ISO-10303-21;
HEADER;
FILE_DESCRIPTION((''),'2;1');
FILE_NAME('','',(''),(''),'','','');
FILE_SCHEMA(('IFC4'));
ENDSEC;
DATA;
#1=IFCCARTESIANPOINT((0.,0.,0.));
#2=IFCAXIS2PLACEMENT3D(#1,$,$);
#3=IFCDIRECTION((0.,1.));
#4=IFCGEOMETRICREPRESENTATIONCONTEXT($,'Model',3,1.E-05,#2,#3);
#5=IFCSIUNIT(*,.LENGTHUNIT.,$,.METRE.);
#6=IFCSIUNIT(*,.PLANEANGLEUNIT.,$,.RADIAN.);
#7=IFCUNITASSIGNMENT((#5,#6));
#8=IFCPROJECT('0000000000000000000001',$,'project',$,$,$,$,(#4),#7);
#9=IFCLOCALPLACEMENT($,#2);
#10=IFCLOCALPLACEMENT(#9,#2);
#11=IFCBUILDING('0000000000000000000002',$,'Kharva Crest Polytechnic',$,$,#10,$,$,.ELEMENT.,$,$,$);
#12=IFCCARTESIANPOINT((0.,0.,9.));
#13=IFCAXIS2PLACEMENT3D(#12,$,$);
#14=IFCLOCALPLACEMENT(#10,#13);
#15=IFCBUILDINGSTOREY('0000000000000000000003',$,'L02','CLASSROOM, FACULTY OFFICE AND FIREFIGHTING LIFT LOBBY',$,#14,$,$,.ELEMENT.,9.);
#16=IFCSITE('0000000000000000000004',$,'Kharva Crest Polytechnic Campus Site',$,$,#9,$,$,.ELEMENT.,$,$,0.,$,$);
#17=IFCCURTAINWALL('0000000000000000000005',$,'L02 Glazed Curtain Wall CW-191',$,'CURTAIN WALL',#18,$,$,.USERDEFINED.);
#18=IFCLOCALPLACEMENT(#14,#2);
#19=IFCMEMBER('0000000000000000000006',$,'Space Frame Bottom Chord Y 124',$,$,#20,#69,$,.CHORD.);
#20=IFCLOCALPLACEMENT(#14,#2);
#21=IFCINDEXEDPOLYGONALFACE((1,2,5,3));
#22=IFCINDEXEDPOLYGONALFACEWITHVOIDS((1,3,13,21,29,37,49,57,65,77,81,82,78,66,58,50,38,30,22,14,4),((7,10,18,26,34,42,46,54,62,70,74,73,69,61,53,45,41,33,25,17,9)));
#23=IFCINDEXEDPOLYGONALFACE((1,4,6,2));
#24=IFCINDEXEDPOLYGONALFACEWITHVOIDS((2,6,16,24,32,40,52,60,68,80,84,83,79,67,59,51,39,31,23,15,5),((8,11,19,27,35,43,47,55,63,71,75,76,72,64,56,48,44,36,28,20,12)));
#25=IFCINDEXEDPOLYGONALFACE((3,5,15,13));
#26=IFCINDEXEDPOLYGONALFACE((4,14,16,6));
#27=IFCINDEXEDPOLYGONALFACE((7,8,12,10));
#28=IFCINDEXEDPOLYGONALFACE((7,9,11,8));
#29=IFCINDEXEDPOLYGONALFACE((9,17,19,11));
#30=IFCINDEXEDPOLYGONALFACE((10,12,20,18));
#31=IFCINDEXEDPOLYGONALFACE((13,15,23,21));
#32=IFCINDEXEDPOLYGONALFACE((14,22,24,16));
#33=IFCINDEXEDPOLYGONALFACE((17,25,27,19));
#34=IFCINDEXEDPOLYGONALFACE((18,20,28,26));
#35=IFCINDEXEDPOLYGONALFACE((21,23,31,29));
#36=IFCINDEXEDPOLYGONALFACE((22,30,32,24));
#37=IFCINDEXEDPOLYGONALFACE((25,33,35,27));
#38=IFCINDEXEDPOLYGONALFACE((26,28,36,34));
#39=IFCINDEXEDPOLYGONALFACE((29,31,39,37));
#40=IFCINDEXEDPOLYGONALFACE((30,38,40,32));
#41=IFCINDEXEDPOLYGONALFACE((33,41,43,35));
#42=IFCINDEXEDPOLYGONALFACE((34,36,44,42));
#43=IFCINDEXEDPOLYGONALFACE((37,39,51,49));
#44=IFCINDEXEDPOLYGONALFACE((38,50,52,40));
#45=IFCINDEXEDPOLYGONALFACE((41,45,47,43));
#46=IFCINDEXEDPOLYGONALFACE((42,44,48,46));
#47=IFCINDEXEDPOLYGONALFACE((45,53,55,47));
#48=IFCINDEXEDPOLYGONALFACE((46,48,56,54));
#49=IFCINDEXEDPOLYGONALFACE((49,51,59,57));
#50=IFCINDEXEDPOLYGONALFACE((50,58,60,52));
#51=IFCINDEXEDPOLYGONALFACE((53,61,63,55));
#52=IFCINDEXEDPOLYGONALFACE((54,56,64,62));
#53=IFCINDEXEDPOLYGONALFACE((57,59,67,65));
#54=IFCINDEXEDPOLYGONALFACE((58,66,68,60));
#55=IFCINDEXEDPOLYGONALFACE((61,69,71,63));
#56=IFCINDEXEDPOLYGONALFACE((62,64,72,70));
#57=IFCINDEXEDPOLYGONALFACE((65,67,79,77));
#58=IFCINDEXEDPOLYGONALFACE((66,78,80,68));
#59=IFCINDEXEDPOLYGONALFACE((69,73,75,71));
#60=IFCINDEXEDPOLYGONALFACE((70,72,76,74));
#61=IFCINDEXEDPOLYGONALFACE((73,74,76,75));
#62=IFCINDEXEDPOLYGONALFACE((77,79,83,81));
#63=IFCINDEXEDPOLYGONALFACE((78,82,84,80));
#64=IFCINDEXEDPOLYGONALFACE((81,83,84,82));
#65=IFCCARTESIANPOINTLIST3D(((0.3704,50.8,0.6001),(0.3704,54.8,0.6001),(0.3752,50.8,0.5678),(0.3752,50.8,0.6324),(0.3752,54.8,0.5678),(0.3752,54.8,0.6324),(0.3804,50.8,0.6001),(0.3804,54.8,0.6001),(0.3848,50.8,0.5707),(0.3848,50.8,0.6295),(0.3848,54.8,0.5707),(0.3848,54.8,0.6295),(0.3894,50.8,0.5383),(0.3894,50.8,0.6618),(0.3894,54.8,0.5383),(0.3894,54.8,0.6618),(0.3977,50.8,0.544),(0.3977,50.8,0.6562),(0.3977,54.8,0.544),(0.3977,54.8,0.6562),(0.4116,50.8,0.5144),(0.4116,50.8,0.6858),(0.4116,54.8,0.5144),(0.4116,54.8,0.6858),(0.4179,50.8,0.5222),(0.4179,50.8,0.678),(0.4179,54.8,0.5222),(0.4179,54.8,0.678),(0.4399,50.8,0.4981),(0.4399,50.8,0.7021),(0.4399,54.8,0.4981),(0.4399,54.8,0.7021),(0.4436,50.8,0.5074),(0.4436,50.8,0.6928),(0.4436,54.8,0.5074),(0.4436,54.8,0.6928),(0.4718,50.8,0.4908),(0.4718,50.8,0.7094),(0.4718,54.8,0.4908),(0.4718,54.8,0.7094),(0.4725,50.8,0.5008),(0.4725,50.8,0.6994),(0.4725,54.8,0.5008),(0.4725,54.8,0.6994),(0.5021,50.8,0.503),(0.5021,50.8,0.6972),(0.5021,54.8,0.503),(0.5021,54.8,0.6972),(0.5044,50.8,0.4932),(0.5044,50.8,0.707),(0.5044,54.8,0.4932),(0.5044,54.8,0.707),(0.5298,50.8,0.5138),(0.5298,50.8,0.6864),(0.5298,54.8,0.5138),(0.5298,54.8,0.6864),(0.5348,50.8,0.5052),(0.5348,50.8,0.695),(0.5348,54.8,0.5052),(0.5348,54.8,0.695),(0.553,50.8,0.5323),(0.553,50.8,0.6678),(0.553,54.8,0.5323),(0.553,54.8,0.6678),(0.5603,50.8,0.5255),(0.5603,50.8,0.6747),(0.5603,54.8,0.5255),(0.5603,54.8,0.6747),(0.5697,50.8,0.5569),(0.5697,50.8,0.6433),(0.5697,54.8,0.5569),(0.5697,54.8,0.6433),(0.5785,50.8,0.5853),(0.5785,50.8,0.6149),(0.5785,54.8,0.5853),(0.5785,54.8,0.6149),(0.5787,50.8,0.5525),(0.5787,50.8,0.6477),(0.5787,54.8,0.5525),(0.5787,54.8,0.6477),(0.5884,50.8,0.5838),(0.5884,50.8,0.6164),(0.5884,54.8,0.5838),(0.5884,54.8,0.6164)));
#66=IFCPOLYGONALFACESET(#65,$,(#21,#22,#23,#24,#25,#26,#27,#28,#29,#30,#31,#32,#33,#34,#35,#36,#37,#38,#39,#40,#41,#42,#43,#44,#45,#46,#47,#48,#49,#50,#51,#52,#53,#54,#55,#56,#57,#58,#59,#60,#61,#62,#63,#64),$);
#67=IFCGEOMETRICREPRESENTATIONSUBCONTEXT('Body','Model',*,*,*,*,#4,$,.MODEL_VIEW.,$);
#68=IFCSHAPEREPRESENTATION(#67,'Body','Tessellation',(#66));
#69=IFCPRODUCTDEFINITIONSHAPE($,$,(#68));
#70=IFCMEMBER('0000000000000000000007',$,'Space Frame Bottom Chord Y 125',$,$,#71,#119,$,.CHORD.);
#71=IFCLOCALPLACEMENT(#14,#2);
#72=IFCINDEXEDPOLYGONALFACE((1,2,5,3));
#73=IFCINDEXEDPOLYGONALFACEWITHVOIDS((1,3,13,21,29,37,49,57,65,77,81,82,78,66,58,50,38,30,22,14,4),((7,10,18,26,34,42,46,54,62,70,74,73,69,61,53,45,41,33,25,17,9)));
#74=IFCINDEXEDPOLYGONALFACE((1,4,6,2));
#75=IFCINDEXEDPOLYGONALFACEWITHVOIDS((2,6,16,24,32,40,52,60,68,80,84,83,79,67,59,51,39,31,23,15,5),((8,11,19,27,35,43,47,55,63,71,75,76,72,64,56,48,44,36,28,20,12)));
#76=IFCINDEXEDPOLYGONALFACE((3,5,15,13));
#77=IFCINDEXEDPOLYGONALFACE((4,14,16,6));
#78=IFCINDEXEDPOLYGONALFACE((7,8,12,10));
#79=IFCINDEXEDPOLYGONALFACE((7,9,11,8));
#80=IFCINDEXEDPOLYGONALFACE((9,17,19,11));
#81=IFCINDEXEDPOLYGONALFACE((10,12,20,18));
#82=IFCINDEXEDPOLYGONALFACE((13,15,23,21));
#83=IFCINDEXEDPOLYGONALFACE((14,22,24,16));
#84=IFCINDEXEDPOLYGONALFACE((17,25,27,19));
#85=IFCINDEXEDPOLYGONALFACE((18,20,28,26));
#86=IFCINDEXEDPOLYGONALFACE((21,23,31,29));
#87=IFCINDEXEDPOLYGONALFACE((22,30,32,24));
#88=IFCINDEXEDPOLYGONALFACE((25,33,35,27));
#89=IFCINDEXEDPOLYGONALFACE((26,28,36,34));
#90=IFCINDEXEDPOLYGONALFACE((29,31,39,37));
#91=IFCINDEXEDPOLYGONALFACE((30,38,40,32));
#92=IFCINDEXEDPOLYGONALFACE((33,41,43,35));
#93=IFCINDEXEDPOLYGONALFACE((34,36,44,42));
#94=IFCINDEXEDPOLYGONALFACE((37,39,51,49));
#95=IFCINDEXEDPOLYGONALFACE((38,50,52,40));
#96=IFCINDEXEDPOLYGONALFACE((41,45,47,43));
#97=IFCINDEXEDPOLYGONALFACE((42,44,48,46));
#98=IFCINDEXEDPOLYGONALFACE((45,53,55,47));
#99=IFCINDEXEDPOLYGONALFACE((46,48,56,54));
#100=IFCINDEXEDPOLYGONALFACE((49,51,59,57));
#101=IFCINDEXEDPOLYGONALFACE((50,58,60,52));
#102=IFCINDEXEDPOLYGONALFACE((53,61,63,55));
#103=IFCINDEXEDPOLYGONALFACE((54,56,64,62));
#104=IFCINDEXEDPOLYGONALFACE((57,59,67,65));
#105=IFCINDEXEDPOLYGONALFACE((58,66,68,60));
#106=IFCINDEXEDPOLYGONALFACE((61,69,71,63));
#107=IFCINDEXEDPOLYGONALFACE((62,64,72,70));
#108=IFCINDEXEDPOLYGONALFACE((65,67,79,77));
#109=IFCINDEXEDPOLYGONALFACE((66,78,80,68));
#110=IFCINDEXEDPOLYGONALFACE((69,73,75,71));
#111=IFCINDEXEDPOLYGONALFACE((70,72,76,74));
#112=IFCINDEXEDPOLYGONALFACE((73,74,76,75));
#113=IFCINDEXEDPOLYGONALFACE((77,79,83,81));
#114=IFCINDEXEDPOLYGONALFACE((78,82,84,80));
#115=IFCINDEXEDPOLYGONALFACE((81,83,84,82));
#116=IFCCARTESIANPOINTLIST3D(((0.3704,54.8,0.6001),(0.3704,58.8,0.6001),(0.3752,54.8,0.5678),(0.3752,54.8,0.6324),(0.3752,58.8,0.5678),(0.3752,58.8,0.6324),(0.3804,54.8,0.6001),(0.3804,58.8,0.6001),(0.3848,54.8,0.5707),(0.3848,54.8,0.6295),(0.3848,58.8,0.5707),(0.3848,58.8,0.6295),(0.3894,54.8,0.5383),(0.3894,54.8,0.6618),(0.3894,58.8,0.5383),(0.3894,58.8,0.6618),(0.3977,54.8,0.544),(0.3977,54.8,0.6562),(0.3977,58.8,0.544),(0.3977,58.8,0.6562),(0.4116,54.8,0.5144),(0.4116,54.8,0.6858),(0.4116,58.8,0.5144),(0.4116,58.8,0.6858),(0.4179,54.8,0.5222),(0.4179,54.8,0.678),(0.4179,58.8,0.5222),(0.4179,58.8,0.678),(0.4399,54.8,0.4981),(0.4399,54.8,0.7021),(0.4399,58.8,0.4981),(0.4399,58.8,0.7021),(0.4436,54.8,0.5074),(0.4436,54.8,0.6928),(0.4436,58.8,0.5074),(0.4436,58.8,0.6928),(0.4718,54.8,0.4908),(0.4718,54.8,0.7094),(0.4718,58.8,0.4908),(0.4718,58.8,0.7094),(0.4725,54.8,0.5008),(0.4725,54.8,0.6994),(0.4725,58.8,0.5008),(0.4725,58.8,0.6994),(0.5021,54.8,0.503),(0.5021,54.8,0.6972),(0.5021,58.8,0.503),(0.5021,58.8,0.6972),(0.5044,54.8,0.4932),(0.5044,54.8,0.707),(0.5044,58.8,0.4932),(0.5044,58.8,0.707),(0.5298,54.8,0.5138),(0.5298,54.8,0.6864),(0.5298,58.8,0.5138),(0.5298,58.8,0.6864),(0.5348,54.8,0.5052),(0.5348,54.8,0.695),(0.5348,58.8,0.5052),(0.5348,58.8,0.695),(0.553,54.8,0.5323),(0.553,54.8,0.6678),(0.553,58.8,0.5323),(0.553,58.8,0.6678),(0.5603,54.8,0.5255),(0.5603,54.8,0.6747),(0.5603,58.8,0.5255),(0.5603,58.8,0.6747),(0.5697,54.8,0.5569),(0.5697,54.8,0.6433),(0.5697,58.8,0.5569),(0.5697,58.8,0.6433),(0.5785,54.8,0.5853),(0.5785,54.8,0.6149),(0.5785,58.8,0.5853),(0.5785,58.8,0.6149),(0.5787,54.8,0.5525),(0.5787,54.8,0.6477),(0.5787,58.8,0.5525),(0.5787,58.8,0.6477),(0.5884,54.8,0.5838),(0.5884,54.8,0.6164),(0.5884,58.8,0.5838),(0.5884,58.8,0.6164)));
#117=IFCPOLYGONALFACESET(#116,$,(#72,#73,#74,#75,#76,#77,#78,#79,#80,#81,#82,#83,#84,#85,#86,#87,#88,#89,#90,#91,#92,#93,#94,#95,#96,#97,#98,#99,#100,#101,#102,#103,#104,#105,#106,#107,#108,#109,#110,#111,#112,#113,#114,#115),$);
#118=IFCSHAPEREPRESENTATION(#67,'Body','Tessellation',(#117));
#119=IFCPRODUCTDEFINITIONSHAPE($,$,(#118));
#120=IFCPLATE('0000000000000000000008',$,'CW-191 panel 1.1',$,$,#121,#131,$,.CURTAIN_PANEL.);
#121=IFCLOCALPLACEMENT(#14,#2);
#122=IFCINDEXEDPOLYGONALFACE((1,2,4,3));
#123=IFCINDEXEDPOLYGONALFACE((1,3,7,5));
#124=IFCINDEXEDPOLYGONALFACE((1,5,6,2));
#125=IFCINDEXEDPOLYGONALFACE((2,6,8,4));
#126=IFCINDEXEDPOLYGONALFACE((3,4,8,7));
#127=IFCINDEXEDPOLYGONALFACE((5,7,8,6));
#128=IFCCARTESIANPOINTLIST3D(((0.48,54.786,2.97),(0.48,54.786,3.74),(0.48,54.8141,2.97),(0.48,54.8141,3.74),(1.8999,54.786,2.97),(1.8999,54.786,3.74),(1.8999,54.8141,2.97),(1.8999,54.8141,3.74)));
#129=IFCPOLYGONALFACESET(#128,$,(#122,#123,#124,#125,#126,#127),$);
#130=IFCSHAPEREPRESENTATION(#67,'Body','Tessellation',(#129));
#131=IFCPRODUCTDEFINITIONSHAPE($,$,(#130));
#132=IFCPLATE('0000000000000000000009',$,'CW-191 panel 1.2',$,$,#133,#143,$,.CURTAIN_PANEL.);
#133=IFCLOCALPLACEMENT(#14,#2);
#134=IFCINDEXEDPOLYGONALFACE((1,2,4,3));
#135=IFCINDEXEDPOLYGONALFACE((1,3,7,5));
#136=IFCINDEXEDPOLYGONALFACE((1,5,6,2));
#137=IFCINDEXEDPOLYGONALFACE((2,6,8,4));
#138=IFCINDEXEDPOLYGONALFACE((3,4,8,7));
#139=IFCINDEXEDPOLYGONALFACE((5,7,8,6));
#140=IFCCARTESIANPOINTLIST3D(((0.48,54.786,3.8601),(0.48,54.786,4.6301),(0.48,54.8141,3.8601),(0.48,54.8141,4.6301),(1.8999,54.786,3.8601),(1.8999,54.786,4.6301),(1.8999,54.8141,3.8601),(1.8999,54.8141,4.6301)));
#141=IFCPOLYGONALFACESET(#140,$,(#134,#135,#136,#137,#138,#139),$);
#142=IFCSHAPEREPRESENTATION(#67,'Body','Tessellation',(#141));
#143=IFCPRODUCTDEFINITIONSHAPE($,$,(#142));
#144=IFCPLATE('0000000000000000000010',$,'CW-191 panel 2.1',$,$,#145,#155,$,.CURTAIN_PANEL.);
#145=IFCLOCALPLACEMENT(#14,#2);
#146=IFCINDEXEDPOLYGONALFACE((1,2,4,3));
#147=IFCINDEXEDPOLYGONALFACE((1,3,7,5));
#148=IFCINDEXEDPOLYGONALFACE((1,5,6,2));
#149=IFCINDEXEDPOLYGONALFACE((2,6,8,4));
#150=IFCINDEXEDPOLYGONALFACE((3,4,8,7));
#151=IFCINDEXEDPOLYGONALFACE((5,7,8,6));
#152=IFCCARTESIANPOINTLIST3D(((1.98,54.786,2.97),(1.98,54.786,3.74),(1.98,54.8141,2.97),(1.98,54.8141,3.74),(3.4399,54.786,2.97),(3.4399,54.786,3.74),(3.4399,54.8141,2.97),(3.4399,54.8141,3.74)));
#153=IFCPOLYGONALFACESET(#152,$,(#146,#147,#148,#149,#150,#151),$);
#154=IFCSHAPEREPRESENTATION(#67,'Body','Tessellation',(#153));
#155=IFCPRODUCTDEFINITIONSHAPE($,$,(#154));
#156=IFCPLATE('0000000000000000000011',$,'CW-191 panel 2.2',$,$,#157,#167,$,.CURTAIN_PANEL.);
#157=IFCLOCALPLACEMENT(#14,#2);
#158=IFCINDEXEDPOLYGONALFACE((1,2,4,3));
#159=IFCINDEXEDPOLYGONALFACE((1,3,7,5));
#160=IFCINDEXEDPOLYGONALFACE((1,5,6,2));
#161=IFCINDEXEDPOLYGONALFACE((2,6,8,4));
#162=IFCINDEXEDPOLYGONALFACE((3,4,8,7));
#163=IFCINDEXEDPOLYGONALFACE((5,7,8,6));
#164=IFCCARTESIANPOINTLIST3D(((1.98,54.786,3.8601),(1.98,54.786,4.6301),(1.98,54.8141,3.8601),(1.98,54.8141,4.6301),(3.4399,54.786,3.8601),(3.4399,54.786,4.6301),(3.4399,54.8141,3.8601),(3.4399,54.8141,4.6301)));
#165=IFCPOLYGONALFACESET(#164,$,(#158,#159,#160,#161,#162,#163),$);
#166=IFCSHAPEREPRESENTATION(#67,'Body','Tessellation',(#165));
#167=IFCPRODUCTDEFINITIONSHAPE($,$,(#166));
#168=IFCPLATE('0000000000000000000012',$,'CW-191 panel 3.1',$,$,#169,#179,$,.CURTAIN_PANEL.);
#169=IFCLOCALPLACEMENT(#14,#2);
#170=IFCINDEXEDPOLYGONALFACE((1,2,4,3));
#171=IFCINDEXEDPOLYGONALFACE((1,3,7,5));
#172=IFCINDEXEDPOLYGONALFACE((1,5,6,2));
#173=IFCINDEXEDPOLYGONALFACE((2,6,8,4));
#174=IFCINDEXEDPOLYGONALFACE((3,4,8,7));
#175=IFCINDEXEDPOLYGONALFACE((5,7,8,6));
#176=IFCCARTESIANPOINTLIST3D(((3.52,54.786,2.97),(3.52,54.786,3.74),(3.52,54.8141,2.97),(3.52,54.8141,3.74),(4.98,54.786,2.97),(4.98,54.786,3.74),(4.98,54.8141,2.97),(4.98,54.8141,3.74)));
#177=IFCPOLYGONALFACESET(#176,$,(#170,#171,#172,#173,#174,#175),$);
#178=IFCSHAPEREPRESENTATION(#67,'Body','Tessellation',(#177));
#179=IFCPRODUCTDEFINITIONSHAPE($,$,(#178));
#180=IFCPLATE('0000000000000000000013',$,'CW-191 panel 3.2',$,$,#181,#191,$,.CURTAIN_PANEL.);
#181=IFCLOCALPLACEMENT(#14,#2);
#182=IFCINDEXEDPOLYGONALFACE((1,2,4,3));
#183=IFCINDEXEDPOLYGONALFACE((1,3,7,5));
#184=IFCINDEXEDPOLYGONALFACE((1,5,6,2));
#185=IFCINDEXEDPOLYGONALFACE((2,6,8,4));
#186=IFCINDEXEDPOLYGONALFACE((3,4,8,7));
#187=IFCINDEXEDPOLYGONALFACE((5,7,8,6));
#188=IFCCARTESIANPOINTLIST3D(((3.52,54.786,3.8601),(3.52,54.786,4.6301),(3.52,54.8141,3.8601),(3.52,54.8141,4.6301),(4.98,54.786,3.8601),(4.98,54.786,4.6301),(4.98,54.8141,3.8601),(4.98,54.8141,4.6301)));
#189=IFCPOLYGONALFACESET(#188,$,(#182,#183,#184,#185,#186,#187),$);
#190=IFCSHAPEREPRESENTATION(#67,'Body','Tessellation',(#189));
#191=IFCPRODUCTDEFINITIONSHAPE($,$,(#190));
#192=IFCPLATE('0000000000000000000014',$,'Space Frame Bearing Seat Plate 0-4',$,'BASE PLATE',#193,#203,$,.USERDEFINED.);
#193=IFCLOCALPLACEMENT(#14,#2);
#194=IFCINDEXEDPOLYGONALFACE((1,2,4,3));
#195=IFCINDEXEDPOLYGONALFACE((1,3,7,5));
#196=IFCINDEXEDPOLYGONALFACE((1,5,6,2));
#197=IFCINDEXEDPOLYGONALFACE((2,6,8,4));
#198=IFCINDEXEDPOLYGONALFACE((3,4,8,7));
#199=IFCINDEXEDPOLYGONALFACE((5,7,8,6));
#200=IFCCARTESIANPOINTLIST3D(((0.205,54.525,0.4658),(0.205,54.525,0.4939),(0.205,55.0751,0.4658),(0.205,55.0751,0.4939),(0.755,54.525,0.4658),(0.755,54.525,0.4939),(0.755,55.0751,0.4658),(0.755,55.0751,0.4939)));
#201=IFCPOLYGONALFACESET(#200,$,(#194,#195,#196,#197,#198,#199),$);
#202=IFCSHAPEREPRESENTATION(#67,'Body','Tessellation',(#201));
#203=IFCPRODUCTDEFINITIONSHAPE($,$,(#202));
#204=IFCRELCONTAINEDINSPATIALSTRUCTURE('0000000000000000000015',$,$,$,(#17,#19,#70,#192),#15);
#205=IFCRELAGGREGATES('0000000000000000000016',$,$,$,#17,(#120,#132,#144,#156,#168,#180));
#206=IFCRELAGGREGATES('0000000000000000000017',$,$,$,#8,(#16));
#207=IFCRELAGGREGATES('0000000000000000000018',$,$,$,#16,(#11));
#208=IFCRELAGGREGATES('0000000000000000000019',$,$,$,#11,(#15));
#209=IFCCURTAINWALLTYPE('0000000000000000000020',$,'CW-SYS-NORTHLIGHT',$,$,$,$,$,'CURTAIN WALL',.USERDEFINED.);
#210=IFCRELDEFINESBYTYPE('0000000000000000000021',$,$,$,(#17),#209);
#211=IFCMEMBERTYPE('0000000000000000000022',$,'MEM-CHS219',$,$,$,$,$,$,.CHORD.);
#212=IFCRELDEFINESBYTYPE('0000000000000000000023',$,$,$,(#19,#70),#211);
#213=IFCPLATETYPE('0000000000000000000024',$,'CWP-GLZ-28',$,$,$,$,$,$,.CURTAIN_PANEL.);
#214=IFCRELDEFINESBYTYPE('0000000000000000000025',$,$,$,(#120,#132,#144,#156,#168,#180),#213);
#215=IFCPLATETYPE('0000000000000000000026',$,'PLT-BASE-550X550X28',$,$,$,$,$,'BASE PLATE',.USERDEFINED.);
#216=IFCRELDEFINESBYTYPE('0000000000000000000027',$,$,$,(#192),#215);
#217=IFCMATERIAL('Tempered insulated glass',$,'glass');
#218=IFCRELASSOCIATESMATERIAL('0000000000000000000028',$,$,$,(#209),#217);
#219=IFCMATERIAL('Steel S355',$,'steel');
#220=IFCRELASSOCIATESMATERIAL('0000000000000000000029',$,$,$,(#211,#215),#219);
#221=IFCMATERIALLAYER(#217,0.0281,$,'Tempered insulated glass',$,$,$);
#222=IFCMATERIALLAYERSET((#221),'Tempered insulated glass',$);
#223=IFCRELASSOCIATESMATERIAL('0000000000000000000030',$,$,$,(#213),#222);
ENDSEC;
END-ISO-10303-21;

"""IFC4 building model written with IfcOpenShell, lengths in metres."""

from ifc_helpers import new_model, si_unit, direction, frame, origin, origin_2d, place, context, subcontext, project, spatial, rectangle, hollow_circle, extrude, material, layer, layer_set, material_profile, profile_set, type_object, element, aggregate, save


model = new_model("IFC4")

# Units and contexts
model_context = context("Model", 3, precision=1e-05, world=origin(), true_north=direction((0.0, 1.0)))
body_context = subcontext(model_context, "Body", "Model", "MODEL_VIEW")
ifc_project = project(units=[si_unit("LENGTHUNIT", "METRE"), si_unit("PLANEANGLEUNIT", "RADIAN")], contexts=[model_context])

# Site, building, storey
site_placement = place(None, origin())
site = spatial("IfcSite", under=ifc_project, at=site_placement, Name="Kharva Crest Polytechnic Campus Site", CompositionType="ELEMENT", RefElevation=0.0)
building_placement = place(site_placement, origin())
building = spatial("IfcBuilding", under=site, at=building_placement, Name="Kharva Crest Polytechnic", CompositionType="ELEMENT")
storey_placement = place(building_placement, frame((0.0, 0.0, 9.0)))
storey = spatial("IfcBuildingStorey", under=building, at=storey_placement, Name="L02", Description="CLASSROOM, FACULTY OFFICE AND FIREFIGHTING LIFT LOBBY", CompositionType="ELEMENT", Elevation=9.0)

# Curtain wall
ifc_material_1 = material(Name="Tempered insulated glass", Category="glass")
curtain_wall_type = type_object("IfcCurtainWallType", Name="CW-SYS-NORTHLIGHT", ElementType="CURTAIN WALL", PredefinedType="USERDEFINED", material=ifc_material_1)
curtain_wall_placement = place(storey_placement, origin())
curtain_wall = element("IfcCurtainWall", 1, at=curtain_wall_placement, inside=storey, type_object=curtain_wall_type, Name="L02 Glazed Curtain Wall CW-191", ObjectType="CURTAIN WALL", PredefinedType="USERDEFINED")
ifc_material_2 = material(Name="Steel S355", Category="steel")

# Members
ifc_material_profile_1 = material_profile(ifc_material_2, hollow_circle(Radius=0.1096, WallThickness=0.01, at=origin_2d()), Name="CHS 219.1X10.0")
ifc_profile_set_1 = profile_set([ifc_material_profile_1], Name="Steel S355")
member_type_1 = type_object("IfcMemberType", Name="MEM-CHS219", PredefinedType="CHORD", material=ifc_profile_set_1)
for number, where, z_axis, x_axis, name in (
    (2, (0.48, 50.8, 0.6001), (0.0, 1.0, 0.0), (-1.0, 0.0, 0.0), "Space Frame Bottom Chord Y 124"),
    (3, (0.48, 54.8, 0.6001), (0.0, 1.0, 0.0), (-1.0, 0.0, 0.0), "Space Frame Bottom Chord Y 125"),
):
    element("IfcMember", number, at=place(storey_placement, frame(where, z_axis=z_axis, x_axis=x_axis)), inside=storey, type_object=member_type_1, Name=name, PredefinedType="CHORD", context=body_context, shape_type="SweptSolid", body=[
        extrude(hollow_circle(Radius=0.1096, WallThickness=0.01, at=origin_2d()), origin(), (0.0, 0.0, 1.0), 4.0),
    ])

# Plates
ifc_layer = layer(ifc_material_1, 0.0281, Name="Tempered insulated glass")
ifc_layer_set = layer_set([ifc_layer], Name="Tempered insulated glass")
plate_type_1 = type_object("IfcPlateType", Name="CWP-GLZ-28", PredefinedType="CURTAIN_PANEL", material=ifc_layer_set)
plate_1_placement = place(storey_placement, frame((1.1899, 54.8, 2.97), z_axis=(0.0, 0.0, 1.0), x_axis=(1.0, 0.0, 0.0)))
plate_1 = element("IfcPlate", 4, at=plate_1_placement, type_object=plate_type_1, Name="CW-191 panel 1.1", PredefinedType="CURTAIN_PANEL", context=body_context, shape_type="SweptSolid", body=[
    extrude(rectangle(XDim=1.4199, YDim=0.0281, at=origin_2d()), origin(), (0.0, 0.0, 1.0), 0.77),
])
plate_2_placement = place(storey_placement, frame((1.1899, 54.8, 3.8601), z_axis=(0.0, 0.0, 1.0), x_axis=(1.0, 0.0, 0.0)))
plate_2 = element("IfcPlate", 5, at=plate_2_placement, type_object=plate_type_1, Name="CW-191 panel 1.2", PredefinedType="CURTAIN_PANEL", context=body_context, shape_type="SweptSolid", body=[
    extrude(rectangle(XDim=1.4199, YDim=0.0281, at=origin_2d()), origin(), (0.0, 0.0, 1.0), 0.77),
])
plate_3_placement = place(storey_placement, frame((2.71, 54.8, 2.97), z_axis=(0.0, 0.0, 1.0), x_axis=(1.0, 0.0, 0.0)))
plate_3 = element("IfcPlate", 6, at=plate_3_placement, type_object=plate_type_1, Name="CW-191 panel 2.1", PredefinedType="CURTAIN_PANEL", context=body_context, shape_type="SweptSolid", body=[
    extrude(rectangle(XDim=1.46, YDim=0.0281, at=origin_2d()), origin(), (0.0, 0.0, 1.0), 0.77),
])
plate_4_placement = place(storey_placement, frame((2.71, 54.8, 3.8601), z_axis=(0.0, 0.0, 1.0), x_axis=(1.0, 0.0, 0.0)))
plate_4 = element("IfcPlate", 7, at=plate_4_placement, type_object=plate_type_1, Name="CW-191 panel 2.2", PredefinedType="CURTAIN_PANEL", context=body_context, shape_type="SweptSolid", body=[
    extrude(rectangle(XDim=1.46, YDim=0.0281, at=origin_2d()), origin(), (0.0, 0.0, 1.0), 0.77),
])
plate_5_placement = place(storey_placement, frame((4.25, 54.8, 2.97), z_axis=(0.0, 0.0, 1.0), x_axis=(1.0, 0.0, 0.0)))
plate_5 = element("IfcPlate", 8, at=plate_5_placement, type_object=plate_type_1, Name="CW-191 panel 3.1", PredefinedType="CURTAIN_PANEL", context=body_context, shape_type="SweptSolid", body=[
    extrude(rectangle(XDim=1.46, YDim=0.0281, at=origin_2d()), origin(), (0.0, 0.0, 1.0), 0.77),
])
plate_6_placement = place(storey_placement, frame((4.25, 54.8, 3.8601), z_axis=(0.0, 0.0, 1.0), x_axis=(1.0, 0.0, 0.0)))
plate_6 = element("IfcPlate", 9, at=plate_6_placement, type_object=plate_type_1, Name="CW-191 panel 3.2", PredefinedType="CURTAIN_PANEL", context=body_context, shape_type="SweptSolid", body=[
    extrude(rectangle(XDim=1.46, YDim=0.0281, at=origin_2d()), origin(), (0.0, 0.0, 1.0), 0.77),
])
aggregate(curtain_wall, [plate_1, plate_2, plate_3, plate_4, plate_5, plate_6])

# Plate
plate_type_2 = type_object("IfcPlateType", Name="PLT-BASE-550X550X28", ElementType="BASE PLATE", PredefinedType="USERDEFINED", material=ifc_material_2)
plate_7_placement = place(storey_placement, frame((0.48, 54.8, 0.4658), z_axis=(0.0, 0.0, 1.0), x_axis=(1.0, 0.0, 0.0)))
element("IfcPlate", 10, at=plate_7_placement, inside=storey, type_object=plate_type_2, Name="Space Frame Bearing Seat Plate 0-4", ObjectType="BASE PLATE", PredefinedType="USERDEFINED", context=body_context, shape_type="SweptSolid", body=[
    extrude(rectangle(XDim=0.55, YDim=0.55, at=origin_2d()), origin(), (0.0, 0.0, 1.0), 0.0281),
])

save(model, "model.ifc")
